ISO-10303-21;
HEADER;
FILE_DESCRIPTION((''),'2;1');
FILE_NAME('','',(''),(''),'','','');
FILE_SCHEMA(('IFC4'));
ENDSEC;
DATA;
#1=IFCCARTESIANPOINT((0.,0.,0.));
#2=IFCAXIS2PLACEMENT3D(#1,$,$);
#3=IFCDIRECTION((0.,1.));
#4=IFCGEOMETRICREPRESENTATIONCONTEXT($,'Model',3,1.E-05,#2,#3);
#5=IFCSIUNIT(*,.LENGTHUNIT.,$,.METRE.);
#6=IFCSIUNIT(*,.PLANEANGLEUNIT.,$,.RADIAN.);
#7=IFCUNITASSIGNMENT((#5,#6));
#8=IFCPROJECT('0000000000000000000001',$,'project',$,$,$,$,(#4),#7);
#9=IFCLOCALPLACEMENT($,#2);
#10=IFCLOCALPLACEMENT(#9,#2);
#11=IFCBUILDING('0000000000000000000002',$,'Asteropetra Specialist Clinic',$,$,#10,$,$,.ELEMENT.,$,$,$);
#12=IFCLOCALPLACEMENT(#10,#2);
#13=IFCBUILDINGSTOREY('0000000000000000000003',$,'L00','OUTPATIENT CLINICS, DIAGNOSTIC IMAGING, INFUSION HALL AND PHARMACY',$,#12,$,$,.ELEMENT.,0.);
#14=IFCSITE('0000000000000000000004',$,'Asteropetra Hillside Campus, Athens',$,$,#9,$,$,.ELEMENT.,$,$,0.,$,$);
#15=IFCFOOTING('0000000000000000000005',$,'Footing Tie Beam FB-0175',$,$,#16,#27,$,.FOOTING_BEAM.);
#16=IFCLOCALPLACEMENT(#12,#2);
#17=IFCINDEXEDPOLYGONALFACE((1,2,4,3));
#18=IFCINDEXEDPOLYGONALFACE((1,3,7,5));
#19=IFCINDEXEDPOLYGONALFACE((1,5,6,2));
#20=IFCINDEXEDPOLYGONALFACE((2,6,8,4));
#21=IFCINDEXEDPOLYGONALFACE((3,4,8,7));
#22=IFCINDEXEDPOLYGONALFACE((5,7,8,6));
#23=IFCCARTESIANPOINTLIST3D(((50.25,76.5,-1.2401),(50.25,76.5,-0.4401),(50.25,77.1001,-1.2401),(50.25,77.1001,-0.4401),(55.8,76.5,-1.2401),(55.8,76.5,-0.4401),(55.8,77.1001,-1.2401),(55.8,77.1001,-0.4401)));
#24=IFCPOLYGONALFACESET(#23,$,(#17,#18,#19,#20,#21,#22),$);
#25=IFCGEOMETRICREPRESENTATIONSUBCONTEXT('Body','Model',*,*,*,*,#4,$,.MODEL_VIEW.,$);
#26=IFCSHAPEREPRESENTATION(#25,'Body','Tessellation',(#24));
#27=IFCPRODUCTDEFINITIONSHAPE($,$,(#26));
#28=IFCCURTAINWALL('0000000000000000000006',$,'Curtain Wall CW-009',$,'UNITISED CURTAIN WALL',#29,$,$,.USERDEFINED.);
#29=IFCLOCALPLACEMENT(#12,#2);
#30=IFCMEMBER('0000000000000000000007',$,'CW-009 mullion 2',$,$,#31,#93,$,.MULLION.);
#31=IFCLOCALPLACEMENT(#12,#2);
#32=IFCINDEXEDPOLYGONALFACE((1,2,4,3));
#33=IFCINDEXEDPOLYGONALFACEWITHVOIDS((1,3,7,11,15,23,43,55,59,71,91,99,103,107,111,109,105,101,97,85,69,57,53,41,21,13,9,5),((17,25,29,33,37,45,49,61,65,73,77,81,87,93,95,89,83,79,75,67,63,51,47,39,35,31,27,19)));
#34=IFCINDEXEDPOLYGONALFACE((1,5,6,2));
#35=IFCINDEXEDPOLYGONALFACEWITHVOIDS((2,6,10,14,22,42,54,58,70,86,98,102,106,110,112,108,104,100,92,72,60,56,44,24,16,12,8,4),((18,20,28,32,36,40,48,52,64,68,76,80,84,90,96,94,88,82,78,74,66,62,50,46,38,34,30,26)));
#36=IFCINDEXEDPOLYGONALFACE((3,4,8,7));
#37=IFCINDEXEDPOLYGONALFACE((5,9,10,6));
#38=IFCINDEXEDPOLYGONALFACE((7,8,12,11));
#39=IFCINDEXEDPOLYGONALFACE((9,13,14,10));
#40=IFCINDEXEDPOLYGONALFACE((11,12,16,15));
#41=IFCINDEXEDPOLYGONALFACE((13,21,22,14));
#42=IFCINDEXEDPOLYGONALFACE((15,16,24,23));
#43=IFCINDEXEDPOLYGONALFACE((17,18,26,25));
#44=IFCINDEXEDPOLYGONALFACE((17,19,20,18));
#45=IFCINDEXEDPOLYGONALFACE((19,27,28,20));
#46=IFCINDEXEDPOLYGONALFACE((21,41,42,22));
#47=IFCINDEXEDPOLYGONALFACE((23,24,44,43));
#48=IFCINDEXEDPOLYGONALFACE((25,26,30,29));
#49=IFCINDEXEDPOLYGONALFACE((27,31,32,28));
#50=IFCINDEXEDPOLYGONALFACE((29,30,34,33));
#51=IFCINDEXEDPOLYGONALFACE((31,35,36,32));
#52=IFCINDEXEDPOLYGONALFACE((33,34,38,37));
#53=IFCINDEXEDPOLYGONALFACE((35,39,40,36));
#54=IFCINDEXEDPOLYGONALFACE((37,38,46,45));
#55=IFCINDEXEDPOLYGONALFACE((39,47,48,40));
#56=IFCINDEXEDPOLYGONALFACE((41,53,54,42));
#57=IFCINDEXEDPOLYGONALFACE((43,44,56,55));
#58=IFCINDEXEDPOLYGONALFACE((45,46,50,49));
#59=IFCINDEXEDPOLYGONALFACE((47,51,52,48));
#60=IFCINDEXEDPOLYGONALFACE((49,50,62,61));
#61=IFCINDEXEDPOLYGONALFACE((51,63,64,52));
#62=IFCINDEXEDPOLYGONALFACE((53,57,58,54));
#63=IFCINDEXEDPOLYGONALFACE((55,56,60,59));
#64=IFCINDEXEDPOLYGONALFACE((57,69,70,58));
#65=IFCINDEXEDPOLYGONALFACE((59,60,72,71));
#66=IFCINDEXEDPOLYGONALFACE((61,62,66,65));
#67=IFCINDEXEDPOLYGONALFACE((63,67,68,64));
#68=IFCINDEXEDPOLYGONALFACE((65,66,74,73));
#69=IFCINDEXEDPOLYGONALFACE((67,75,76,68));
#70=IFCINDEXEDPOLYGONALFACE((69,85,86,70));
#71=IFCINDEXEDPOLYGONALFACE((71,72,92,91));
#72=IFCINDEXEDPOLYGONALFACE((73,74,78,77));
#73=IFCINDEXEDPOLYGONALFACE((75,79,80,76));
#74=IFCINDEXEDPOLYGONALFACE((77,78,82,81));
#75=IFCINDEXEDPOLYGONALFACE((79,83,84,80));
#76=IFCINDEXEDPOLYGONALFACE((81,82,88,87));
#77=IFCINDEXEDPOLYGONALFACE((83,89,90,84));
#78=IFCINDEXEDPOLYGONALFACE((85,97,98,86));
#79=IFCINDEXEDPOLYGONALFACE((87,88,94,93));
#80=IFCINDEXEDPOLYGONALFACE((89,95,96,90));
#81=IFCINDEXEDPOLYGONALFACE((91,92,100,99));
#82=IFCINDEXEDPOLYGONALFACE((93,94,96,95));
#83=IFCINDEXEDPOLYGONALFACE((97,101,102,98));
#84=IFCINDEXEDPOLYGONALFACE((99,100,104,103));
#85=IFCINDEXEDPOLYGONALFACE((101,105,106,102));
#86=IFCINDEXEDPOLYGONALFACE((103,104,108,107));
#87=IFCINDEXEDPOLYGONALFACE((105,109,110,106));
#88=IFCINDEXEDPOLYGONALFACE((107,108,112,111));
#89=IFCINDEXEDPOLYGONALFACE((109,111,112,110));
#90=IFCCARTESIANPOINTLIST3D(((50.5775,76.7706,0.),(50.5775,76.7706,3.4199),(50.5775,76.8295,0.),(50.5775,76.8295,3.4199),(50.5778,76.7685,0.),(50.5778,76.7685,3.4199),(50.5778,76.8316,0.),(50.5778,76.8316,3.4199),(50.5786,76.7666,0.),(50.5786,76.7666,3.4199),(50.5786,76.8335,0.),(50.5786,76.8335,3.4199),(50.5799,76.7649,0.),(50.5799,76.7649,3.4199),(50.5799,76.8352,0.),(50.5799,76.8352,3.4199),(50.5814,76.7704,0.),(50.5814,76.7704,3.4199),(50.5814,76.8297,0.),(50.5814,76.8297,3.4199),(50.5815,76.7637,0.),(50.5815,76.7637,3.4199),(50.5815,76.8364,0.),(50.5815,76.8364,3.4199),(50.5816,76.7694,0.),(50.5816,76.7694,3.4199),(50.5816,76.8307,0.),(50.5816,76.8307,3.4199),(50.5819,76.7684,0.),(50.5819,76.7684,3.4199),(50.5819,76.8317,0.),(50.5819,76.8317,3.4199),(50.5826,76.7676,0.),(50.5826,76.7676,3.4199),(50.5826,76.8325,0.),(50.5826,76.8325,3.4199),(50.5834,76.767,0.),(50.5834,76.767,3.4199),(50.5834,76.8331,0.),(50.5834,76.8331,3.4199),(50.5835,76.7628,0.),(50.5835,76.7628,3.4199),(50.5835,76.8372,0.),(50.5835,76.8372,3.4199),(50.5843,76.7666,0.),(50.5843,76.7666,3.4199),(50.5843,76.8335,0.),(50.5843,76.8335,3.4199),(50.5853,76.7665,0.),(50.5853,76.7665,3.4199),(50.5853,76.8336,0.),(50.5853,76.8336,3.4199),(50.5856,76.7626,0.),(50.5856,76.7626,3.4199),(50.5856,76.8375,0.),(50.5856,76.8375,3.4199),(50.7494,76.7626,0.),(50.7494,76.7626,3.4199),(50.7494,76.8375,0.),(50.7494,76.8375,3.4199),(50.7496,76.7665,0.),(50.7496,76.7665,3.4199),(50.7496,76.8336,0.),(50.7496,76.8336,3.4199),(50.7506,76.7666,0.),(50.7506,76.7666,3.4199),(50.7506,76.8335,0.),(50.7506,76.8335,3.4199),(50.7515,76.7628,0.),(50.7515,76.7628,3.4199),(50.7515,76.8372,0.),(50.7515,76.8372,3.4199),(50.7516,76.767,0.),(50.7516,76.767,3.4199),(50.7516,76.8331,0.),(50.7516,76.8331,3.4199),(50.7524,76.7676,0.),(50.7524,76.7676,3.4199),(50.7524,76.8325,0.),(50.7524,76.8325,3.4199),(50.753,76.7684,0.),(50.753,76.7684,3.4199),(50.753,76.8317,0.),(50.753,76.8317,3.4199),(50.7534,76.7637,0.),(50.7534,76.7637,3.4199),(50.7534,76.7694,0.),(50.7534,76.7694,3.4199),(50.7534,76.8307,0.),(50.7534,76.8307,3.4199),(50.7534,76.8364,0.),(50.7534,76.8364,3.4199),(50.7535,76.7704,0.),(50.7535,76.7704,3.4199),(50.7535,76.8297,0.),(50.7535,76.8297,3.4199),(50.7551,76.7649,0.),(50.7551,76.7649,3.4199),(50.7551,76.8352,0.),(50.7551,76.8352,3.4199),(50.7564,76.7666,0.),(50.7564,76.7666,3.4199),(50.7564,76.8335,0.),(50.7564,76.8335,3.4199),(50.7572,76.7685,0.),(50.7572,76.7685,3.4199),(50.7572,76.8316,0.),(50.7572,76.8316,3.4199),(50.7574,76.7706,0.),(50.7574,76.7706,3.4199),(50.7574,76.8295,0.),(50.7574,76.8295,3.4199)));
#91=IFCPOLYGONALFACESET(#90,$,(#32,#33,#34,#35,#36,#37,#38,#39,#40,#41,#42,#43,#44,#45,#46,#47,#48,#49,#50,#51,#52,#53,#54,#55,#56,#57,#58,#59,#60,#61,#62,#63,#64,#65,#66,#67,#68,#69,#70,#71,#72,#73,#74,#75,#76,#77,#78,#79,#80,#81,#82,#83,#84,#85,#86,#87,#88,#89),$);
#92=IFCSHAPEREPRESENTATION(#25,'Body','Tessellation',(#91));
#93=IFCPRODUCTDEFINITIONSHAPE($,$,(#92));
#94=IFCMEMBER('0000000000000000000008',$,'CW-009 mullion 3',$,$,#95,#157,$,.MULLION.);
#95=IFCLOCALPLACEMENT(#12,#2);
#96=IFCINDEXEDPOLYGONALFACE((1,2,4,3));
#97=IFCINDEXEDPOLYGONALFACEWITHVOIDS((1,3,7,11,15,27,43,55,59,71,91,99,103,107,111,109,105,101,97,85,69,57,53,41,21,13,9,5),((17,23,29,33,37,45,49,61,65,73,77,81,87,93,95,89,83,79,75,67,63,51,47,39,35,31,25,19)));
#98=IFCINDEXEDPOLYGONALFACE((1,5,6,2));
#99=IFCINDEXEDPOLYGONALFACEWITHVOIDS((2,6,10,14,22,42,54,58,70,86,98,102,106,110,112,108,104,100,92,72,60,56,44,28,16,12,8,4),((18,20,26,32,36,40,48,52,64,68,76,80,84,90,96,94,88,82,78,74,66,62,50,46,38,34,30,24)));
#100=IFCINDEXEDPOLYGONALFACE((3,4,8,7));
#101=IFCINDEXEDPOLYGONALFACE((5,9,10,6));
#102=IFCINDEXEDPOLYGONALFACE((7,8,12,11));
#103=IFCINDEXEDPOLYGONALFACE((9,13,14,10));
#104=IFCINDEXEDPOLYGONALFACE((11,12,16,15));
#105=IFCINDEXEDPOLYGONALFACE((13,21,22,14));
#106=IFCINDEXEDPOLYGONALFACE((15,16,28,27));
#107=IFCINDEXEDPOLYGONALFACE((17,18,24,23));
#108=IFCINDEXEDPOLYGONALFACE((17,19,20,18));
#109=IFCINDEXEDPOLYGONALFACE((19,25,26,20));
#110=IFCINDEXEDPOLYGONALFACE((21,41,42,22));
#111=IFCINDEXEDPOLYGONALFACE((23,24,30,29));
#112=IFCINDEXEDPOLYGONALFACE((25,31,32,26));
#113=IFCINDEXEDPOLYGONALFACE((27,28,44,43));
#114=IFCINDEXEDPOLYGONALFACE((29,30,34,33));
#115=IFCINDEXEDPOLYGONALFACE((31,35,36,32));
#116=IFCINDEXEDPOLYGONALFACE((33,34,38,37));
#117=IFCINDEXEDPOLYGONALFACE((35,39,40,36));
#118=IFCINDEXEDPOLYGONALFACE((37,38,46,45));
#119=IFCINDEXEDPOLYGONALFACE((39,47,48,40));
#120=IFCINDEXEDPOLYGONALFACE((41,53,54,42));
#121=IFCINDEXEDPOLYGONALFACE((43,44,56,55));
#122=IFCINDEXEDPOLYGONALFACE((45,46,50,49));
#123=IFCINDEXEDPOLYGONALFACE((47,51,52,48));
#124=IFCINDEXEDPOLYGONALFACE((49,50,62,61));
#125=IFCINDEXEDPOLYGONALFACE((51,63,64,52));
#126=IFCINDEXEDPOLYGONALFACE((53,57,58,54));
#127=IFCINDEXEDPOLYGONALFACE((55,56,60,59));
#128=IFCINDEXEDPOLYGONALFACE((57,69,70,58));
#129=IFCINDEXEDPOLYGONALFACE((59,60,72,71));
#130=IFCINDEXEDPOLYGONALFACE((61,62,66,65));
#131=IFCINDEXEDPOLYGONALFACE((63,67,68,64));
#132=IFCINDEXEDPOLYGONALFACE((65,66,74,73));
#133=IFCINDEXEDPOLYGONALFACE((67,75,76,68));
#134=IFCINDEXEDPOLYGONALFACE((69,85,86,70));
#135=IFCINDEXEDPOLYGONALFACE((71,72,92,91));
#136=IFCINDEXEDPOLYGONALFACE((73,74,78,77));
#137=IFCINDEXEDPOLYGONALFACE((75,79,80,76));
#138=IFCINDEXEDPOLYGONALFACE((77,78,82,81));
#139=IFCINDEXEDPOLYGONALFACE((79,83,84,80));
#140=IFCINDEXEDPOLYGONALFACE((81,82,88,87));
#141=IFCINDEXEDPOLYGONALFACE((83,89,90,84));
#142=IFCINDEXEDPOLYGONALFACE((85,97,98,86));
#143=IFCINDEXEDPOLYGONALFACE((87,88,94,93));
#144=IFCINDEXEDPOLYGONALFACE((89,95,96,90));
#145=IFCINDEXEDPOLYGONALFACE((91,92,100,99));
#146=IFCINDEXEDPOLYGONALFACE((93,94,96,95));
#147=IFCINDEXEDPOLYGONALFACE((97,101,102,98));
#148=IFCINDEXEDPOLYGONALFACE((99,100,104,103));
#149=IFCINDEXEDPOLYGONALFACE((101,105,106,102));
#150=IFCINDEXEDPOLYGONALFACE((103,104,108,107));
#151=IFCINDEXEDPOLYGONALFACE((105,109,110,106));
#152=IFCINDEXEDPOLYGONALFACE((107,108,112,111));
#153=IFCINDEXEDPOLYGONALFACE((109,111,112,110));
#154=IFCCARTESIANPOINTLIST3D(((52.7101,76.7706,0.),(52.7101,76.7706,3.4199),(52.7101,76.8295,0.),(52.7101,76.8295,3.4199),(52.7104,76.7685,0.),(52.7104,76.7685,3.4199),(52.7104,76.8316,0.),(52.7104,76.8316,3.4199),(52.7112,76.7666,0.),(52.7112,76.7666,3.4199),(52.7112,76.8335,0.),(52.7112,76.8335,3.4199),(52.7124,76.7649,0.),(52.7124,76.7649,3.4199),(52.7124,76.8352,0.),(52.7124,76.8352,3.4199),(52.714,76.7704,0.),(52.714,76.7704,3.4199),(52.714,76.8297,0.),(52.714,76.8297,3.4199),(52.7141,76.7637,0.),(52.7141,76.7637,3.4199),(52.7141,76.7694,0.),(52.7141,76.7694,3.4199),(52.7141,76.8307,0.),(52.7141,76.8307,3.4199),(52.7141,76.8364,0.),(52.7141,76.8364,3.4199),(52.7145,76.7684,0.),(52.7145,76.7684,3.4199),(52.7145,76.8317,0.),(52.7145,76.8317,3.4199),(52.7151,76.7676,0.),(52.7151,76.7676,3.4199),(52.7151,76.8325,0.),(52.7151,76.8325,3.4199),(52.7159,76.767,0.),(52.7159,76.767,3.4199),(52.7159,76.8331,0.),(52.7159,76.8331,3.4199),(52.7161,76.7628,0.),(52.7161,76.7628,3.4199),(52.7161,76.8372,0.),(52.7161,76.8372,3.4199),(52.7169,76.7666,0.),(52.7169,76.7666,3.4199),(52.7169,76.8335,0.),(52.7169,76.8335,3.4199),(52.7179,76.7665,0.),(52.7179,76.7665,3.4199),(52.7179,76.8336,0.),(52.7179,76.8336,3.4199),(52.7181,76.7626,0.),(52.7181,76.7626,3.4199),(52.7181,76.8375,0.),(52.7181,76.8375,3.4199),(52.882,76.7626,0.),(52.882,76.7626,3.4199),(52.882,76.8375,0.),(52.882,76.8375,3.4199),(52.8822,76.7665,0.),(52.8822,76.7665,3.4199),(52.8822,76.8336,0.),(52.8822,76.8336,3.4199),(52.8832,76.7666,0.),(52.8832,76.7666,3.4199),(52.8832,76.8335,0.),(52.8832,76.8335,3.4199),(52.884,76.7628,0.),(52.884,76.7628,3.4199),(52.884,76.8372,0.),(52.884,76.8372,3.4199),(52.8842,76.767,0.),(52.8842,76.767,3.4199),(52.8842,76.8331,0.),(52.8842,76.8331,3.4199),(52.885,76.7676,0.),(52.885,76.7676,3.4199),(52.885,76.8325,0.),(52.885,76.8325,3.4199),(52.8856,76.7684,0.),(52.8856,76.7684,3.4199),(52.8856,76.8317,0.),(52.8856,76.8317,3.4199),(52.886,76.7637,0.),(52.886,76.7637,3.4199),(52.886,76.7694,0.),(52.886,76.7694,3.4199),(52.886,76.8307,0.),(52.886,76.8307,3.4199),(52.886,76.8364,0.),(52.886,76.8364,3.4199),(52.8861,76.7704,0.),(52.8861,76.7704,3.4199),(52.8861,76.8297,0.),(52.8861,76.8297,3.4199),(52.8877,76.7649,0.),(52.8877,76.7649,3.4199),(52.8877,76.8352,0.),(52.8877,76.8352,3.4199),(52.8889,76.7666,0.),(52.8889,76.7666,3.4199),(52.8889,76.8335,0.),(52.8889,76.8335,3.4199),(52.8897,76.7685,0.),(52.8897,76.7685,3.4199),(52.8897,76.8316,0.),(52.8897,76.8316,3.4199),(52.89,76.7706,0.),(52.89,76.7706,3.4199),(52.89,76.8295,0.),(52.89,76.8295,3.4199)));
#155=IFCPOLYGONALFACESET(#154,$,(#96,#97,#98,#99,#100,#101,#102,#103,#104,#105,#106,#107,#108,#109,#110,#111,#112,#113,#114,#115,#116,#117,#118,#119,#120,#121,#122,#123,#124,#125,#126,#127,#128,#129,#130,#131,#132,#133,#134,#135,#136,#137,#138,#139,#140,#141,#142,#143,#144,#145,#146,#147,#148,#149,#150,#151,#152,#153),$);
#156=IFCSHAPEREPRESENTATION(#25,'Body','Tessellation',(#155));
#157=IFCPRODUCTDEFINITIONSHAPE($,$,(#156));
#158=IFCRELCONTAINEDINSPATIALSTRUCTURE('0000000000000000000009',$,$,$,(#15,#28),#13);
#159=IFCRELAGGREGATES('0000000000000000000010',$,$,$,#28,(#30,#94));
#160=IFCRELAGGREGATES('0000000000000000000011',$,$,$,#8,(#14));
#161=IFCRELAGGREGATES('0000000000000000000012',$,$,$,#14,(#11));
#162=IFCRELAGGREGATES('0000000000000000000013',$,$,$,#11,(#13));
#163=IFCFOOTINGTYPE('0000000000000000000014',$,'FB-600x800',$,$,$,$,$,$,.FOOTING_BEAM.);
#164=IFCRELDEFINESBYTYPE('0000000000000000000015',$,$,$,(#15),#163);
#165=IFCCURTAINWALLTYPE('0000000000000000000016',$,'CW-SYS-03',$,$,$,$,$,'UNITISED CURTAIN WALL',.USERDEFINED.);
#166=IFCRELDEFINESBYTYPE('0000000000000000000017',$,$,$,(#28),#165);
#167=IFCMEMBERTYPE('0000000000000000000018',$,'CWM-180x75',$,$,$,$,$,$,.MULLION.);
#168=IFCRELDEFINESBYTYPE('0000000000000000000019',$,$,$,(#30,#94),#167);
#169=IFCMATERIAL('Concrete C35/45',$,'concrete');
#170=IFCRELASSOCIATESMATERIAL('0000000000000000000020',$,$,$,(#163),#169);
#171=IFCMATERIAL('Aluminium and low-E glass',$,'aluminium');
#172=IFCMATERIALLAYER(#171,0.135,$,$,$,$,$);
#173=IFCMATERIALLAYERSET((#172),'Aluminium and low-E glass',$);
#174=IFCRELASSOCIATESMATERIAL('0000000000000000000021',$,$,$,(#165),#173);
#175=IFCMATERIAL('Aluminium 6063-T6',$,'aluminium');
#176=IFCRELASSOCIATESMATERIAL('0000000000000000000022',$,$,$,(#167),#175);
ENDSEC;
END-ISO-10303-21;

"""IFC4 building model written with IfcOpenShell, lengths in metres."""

from ifc_helpers import new_model, si_unit, direction, frame, origin, origin_2d, place, context, subcontext, project, spatial, rectangle, hollow_rectangle, extrude, material, layer, layer_set, material_profile, profile_set, type_object, element, aggregate, save


model = new_model("IFC4")

# Units and contexts
model_context = context("Model", 3, precision=1e-05, world=origin(), true_north=direction((0.0, 1.0)))
body_context = subcontext(model_context, "Body", "Model", "MODEL_VIEW")
ifc_project = project(units=[si_unit("LENGTHUNIT", "METRE"), si_unit("PLANEANGLEUNIT", "RADIAN")], contexts=[model_context])

# Site, building, storey
site_placement = place(None, origin())
site = spatial("IfcSite", under=ifc_project, at=site_placement, Name="Asteropetra Hillside Campus, Athens", CompositionType="ELEMENT", RefElevation=0.0)
building_placement = place(site_placement, origin())
building = spatial("IfcBuilding", under=site, at=building_placement, Name="Asteropetra Specialist Clinic", CompositionType="ELEMENT")
storey_placement = place(building_placement, origin())
storey = spatial("IfcBuildingStorey", under=building, at=storey_placement, Name="L00", Description="OUTPATIENT CLINICS, DIAGNOSTIC IMAGING, INFUSION HALL AND PHARMACY", CompositionType="ELEMENT", Elevation=0.0)

# Footing
ifc_material_1 = material(Name="Concrete C35/45", Category="concrete")
ifc_material_profile_1 = material_profile(ifc_material_1, rectangle(XDim=0.6001, YDim=0.8, at=origin_2d()), Name="FB 600x800")
ifc_profile_set_1 = profile_set([ifc_material_profile_1], Name="Concrete C35/45")
footing_type = type_object("IfcFootingType", Name="FB-600x800", PredefinedType="FOOTING_BEAM", material=ifc_profile_set_1)
footing_placement = place(storey_placement, frame((50.25, 76.8, -0.8401), z_axis=(1.0, 0.0, 0.0), x_axis=(0.0, 1.0, 0.0)))
element("IfcFooting", 1, at=footing_placement, inside=storey, type_object=footing_type, Name="Footing Tie Beam FB-0175", PredefinedType="FOOTING_BEAM", context=body_context, shape_type="SweptSolid", body=[
    extrude(rectangle(XDim=0.6001, YDim=0.8, at=origin_2d()), origin(), (0.0, 0.0, 1.0), 5.55),
])

# Curtain wall, members
ifc_material_2 = material(Name="Aluminium and low-E glass", Category="aluminium")
ifc_layer_1 = layer(ifc_material_2, 0.135)
ifc_layer_set_1 = layer_set([ifc_layer_1], Name="Aluminium and low-E glass")
curtain_wall_type = type_object("IfcCurtainWallType", Name="CW-SYS-03", ElementType="UNITISED CURTAIN WALL", PredefinedType="USERDEFINED", material=ifc_layer_set_1)
curtain_wall_placement = place(storey_placement, origin())
curtain_wall = element("IfcCurtainWall", 2, at=curtain_wall_placement, inside=storey, type_object=curtain_wall_type, Name="Curtain Wall CW-009", ObjectType="UNITISED CURTAIN WALL", PredefinedType="USERDEFINED")
ifc_material_3 = material(Name="Aluminium 6063-T6", Category="aluminium")
ifc_material_profile_2 = material_profile(ifc_material_3, hollow_rectangle(XDim=0.075, YDim=0.1799, WallThickness=0.0039, InnerFilletRadius=0.0039, OuterFilletRadius=0.0081, at=origin_2d()), Name="MUL 180x75x4.0")
ifc_profile_set_2 = profile_set([ifc_material_profile_2], Name="Aluminium 6063-T6")
member_type_1 = type_object("IfcMemberType", Name="CWM-180x75", PredefinedType="MULLION", material=ifc_profile_set_2)
member_1_placement = place(storey_placement, frame((50.6675, 76.8, 0.0), z_axis=(0.0, 0.0, 1.0), x_axis=(0.0, 1.0, 0.0)))
member_1 = element("IfcMember", 3, at=member_1_placement, type_object=member_type_1, Name="CW-009 mullion 2", PredefinedType="MULLION", context=body_context, shape_type="SweptSolid", body=[
    extrude(hollow_rectangle(XDim=0.075, YDim=0.1799, WallThickness=0.0039, InnerFilletRadius=0.0039, OuterFilletRadius=0.0081, at=origin_2d()), origin(), (0.0, 0.0, 1.0), 3.4199),
])
member_2_placement = place(storey_placement, frame((52.8, 76.8, 0.0), z_axis=(0.0, 0.0, 1.0), x_axis=(0.0, 1.0, 0.0)))
member_2 = element("IfcMember", 4, at=member_2_placement, type_object=member_type_1, Name="CW-009 mullion 3", PredefinedType="MULLION", context=body_context, shape_type="SweptSolid", body=[
    extrude(hollow_rectangle(XDim=0.075, YDim=0.1799, WallThickness=0.0039, InnerFilletRadius=0.0039, OuterFilletRadius=0.0081, at=origin_2d()), origin(), (0.0, 0.0, 1.0), 3.4199),
])
aggregate(curtain_wall, [member_1, member_2])

save(model, "model.ifc")
